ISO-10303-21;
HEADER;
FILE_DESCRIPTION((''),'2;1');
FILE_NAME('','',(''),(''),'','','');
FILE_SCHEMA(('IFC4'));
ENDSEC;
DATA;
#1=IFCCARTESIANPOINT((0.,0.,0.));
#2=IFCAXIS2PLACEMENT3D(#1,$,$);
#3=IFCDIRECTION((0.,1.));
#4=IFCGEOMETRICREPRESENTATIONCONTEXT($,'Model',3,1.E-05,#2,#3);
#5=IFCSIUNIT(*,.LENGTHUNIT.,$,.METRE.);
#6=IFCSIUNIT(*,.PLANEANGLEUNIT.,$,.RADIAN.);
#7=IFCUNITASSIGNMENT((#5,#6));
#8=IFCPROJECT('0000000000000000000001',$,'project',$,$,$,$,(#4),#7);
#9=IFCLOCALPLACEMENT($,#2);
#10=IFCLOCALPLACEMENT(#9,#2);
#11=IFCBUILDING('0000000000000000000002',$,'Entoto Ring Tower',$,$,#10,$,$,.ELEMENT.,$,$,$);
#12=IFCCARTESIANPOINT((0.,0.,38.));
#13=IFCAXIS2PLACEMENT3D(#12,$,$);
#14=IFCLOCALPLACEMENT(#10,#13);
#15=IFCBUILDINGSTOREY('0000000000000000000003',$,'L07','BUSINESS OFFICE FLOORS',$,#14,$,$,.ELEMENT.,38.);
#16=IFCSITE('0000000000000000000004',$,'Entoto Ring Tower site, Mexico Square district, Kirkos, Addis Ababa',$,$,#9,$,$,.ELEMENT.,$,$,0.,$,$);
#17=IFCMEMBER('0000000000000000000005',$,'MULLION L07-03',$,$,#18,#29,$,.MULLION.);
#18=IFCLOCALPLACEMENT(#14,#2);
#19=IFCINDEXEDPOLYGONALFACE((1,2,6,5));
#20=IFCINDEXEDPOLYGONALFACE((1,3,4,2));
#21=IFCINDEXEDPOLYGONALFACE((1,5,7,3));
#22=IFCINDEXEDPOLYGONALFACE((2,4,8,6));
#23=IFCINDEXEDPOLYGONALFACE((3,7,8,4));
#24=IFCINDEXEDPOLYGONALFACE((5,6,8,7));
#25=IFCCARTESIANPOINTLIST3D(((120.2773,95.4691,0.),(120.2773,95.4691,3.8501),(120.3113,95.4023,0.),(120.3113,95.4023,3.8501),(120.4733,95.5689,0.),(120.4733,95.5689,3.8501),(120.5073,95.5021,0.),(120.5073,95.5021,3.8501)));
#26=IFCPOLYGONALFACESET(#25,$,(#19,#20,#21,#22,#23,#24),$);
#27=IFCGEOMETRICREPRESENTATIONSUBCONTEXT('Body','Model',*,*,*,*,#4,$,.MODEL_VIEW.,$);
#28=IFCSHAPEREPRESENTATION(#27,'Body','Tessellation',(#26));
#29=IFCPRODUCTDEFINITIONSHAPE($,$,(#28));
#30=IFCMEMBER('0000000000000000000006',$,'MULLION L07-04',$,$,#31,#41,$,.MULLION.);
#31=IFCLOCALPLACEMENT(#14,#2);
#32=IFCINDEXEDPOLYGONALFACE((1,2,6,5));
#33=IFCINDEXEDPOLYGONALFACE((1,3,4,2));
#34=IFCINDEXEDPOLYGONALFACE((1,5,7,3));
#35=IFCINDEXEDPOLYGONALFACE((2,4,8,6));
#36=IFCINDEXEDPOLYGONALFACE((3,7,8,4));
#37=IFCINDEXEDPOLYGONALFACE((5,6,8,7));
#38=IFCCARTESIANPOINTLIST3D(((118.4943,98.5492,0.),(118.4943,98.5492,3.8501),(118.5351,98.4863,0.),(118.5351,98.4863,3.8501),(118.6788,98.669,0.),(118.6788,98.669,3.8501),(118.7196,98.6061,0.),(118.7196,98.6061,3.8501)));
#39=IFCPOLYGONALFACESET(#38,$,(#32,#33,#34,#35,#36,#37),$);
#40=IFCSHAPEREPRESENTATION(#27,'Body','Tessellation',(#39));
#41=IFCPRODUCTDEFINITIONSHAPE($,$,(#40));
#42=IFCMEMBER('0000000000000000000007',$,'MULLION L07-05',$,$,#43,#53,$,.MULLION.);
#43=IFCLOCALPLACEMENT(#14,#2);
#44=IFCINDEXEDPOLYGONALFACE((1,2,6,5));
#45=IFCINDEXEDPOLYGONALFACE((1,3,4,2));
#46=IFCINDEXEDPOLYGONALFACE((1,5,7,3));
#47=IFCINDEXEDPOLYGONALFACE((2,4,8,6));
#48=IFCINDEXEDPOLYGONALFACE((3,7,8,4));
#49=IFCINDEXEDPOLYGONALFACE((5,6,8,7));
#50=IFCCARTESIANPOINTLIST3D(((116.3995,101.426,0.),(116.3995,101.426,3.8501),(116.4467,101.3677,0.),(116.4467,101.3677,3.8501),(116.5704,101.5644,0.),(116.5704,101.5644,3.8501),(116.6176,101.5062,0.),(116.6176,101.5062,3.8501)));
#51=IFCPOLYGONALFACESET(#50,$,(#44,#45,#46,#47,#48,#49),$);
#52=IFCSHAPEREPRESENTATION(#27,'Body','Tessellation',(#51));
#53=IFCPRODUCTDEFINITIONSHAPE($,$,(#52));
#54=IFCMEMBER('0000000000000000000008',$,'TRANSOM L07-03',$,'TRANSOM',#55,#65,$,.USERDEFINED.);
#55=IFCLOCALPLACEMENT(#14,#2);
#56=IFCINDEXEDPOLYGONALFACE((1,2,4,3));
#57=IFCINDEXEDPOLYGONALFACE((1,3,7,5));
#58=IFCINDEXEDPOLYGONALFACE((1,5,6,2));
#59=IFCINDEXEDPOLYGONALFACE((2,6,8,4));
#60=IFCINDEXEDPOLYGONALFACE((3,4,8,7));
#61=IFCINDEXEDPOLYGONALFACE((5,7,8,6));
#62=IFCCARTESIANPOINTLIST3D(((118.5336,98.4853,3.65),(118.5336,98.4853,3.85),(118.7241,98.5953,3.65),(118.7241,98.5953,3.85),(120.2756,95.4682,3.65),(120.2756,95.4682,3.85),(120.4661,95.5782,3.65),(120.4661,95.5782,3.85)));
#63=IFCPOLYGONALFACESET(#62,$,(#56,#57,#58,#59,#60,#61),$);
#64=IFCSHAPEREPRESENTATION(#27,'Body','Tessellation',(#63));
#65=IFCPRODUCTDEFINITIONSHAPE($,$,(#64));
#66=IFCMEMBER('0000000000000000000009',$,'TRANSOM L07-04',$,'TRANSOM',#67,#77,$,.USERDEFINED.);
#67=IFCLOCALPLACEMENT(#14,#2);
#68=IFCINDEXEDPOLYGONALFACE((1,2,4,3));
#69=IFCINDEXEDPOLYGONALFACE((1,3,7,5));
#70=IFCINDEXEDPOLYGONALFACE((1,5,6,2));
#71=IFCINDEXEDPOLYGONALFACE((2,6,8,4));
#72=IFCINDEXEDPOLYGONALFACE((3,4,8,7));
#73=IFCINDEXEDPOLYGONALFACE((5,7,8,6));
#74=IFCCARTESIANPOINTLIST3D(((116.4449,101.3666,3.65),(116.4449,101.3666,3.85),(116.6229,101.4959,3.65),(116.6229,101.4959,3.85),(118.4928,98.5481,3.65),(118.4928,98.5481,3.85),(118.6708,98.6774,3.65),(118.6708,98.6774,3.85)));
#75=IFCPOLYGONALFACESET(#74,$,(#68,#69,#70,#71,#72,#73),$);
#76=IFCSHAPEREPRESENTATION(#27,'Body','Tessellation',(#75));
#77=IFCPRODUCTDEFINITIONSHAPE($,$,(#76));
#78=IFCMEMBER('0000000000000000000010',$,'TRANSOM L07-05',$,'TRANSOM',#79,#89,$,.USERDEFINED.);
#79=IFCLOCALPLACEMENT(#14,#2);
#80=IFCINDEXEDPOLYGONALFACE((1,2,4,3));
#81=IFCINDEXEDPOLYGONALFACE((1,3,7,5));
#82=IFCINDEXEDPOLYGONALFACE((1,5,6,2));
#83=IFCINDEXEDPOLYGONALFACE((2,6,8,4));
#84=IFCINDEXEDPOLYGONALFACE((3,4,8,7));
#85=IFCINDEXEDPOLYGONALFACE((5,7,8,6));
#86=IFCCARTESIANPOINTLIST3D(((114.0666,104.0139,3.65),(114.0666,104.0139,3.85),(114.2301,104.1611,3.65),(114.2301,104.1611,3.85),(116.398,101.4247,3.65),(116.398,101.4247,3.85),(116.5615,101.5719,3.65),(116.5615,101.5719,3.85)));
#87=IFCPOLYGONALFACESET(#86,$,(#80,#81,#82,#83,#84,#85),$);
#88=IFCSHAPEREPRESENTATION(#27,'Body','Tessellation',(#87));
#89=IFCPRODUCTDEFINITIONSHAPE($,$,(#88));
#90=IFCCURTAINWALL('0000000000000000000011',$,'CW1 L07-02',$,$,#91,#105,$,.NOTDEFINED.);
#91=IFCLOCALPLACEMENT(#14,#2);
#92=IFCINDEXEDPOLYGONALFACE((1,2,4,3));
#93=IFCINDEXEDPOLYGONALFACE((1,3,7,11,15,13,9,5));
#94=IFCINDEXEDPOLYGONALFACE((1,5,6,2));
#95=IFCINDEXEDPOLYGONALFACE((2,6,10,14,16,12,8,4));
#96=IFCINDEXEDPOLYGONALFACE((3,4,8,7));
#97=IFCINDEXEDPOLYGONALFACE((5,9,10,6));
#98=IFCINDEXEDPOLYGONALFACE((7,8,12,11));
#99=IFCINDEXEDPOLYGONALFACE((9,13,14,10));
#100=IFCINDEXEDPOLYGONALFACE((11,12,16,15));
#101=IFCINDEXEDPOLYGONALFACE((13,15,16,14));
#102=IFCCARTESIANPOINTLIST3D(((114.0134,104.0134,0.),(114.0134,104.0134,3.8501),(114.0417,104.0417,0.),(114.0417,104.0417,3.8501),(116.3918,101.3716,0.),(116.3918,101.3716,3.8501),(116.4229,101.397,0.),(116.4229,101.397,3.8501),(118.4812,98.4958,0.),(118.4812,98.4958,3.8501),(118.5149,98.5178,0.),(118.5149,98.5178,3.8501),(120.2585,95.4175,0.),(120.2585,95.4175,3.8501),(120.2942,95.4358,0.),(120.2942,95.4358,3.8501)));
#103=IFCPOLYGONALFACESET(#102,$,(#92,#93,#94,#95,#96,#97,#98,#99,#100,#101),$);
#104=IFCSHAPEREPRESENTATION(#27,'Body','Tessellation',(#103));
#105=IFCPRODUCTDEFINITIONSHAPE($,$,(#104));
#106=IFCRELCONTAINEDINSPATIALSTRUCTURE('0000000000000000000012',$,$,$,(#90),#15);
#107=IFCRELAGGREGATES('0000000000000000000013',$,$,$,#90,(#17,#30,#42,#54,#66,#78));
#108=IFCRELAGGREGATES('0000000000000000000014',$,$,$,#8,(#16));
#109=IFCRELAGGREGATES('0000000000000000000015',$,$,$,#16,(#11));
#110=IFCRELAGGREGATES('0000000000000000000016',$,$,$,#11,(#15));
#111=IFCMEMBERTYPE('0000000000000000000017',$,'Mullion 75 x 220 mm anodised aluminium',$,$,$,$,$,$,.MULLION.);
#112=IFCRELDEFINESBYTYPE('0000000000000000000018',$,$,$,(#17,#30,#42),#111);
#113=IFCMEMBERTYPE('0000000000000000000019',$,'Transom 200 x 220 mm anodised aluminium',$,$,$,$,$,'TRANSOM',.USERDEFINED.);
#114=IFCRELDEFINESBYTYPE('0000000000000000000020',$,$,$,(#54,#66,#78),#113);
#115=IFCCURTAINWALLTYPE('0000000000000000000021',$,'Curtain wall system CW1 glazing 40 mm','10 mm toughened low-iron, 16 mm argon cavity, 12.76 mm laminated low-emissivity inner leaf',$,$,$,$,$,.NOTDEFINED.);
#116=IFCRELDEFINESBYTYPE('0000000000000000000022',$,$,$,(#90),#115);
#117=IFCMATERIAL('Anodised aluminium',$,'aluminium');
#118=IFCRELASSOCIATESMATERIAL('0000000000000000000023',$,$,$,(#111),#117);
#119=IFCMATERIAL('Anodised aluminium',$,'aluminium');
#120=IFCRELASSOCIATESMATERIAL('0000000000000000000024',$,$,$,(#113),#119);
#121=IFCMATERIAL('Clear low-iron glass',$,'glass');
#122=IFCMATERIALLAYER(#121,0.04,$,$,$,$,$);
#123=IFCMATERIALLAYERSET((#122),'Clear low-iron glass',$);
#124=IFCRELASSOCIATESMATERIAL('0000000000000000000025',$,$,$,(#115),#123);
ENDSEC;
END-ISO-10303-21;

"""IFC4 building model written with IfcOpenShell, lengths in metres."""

from ifc_helpers import new_model, si_unit, direction, frame, origin, origin_2d, place, context, subcontext, project, spatial, polyline, rectangle, outline, extrude, material, layer, layer_set, material_profile, profile_set, type_object, element, aggregate, save


model = new_model("IFC4")

# Units and contexts
model_context = context("Model", 3, precision=1e-05, world=origin(), true_north=direction((0.0, 1.0)))
body_context = subcontext(model_context, "Body", "Model", "MODEL_VIEW")
ifc_project = project(units=[si_unit("LENGTHUNIT", "METRE"), si_unit("PLANEANGLEUNIT", "RADIAN")], contexts=[model_context])

# Members
ifc_material_1 = material(Name="Anodised aluminium", Category="aluminium")
ifc_material_profile_1 = material_profile(ifc_material_1, rectangle(XDim=0.075, YDim=0.22, at=origin_2d()), Name="Mullion 75 x 220 mm anodised aluminium")
ifc_profile_set_1 = profile_set([ifc_material_profile_1], Name="Anodised aluminium")
member_type_1 = type_object("IfcMemberType", Name="Mullion 75 x 220 mm anodised aluminium", PredefinedType="MULLION", material=ifc_profile_set_1)
site_placement = place(None, origin())
building_placement = place(site_placement, origin())
storey_placement = place(building_placement, frame((0.0, 0.0, 38.0)))
member_1_placement = place(storey_placement, frame((120.3923, 95.4856, 0.0), z_axis=(0.0, 0.0, 1.0), x_axis=(-0.45399, 0.891007, 0.0)))
member_1 = element("IfcMember", 1, at=member_1_placement, type_object=member_type_1, Name="MULLION L07-03", PredefinedType="MULLION", context=body_context, shape_type="SweptSolid", body=[
    extrude(rectangle(XDim=0.075, YDim=0.22, at=origin_2d()), origin(), (0.0, 0.0, 1.0), 3.8501),
])
member_2_placement = place(storey_placement, frame((118.6069, 98.5776, 0.0), z_axis=(0.0, 0.0, 1.0), x_axis=(-0.544639, 0.838671, 0.0)))
member_2 = element("IfcMember", 2, at=member_2_placement, type_object=member_type_1, Name="MULLION L07-04", PredefinedType="MULLION", context=body_context, shape_type="SweptSolid", body=[
    extrude(rectangle(XDim=0.075, YDim=0.22, at=origin_2d()), origin(), (0.0, 0.0, 1.0), 3.8501),
])
member_3_placement = place(storey_placement, frame((116.5085, 101.4661, 0.0), z_axis=(0.0, 0.0, 1.0), x_axis=(-0.62932, 0.777146, 0.0)))
member_3 = element("IfcMember", 3, at=member_3_placement, type_object=member_type_1, Name="MULLION L07-05", PredefinedType="MULLION", context=body_context, shape_type="SweptSolid", body=[
    extrude(rectangle(XDim=0.075, YDim=0.22, at=origin_2d()), origin(), (0.0, 0.0, 1.0), 3.8501),
])
ifc_material_2 = material(Name="Anodised aluminium", Category="aluminium")
ifc_material_profile_2 = material_profile(ifc_material_2, rectangle(XDim=0.22, YDim=0.2, at=origin_2d()), Name="Transom 200 x 220 mm anodised aluminium")
ifc_profile_set_2 = profile_set([ifc_material_profile_2], Name="Anodised aluminium")
member_type_2 = type_object("IfcMemberType", Name="Transom 200 x 220 mm anodised aluminium", ElementType="TRANSOM", PredefinedType="USERDEFINED", material=ifc_profile_set_2)
member_4_placement = place(storey_placement, frame((120.3708, 95.5232, 3.75), z_axis=(-0.500006, 0.866022, 0.0), x_axis=(-0.866022, -0.500006, 0.0)))
member_4 = element("IfcMember", 4, at=member_4_placement, type_object=member_type_2, Name="TRANSOM L07-03", ObjectType="TRANSOM", PredefinedType="USERDEFINED", context=body_context, shape_type="SweptSolid", body=[
    extrude(rectangle(XDim=0.22, YDim=0.2, at=origin_2d()), origin(), (0.0, 0.0, 1.0), 3.4839),
])
member_5_placement = place(storey_placement, frame((118.5818, 98.6128, 3.75), z_axis=(-0.587822, 0.808991, 0.0), x_axis=(-0.808991, -0.587822, 0.0)))
member_5 = element("IfcMember", 5, at=member_5_placement, type_object=member_type_2, Name="TRANSOM L07-04", ObjectType="TRANSOM", PredefinedType="USERDEFINED", context=body_context, shape_type="SweptSolid", body=[
    extrude(rectangle(XDim=0.22, YDim=0.2, at=origin_2d()), origin(), (0.0, 0.0, 1.0), 3.4839),
])
member_6_placement = place(storey_placement, frame((116.4797, 101.4983, 3.75), z_axis=(-0.669139, 0.743137, 0.0), x_axis=(-0.743137, -0.669139, 0.0)))
member_6 = element("IfcMember", 6, at=member_6_placement, type_object=member_type_2, Name="TRANSOM L07-05", ObjectType="TRANSOM", PredefinedType="USERDEFINED", context=body_context, shape_type="SweptSolid", body=[
    extrude(rectangle(XDim=0.22, YDim=0.2, at=origin_2d()), origin(), (0.0, 0.0, 1.0), 3.4841),
])

# Site, building, storey
site = spatial("IfcSite", under=ifc_project, at=site_placement, Name="Entoto Ring Tower site, Mexico Square district, Kirkos, Addis Ababa", CompositionType="ELEMENT", RefElevation=0.0)
building = spatial("IfcBuilding", under=site, at=building_placement, Name="Entoto Ring Tower", CompositionType="ELEMENT")
storey = spatial("IfcBuildingStorey", under=building, at=storey_placement, Name="L07", Description="BUSINESS OFFICE FLOORS", CompositionType="ELEMENT", Elevation=38.0)

# Curtain wall
ifc_material_3 = material(Name="Clear low-iron glass", Category="glass")
ifc_layer_1 = layer(ifc_material_3, 0.04)
ifc_layer_set_1 = layer_set([ifc_layer_1], Name="Clear low-iron glass")
curtain_wall_type = type_object("IfcCurtainWallType", Name="Curtain wall system CW1 glazing 40 mm", Description="10 mm toughened low-iron, 16 mm argon cavity, 12.76 mm laminated low-emissivity inner leaf", PredefinedType="NOTDEFINED", material=ifc_layer_set_1)
curtain_wall_1_placement = place(storey_placement, origin())
curtain_wall_1 = element("IfcCurtainWall", 7, at=curtain_wall_1_placement, inside=storey, type_object=curtain_wall_type, Name="CW1 L07-02", PredefinedType="NOTDEFINED", context=body_context, shape_type="SweptSolid", body=[
    extrude(outline(polyline([(120.2942, 95.4358), (118.5149, 98.5178), (116.4229, 101.397), (114.0417, 104.0417), (114.0134, 104.0134), (116.3918, 101.3716), (118.4812, 98.4958), (120.2585, 95.4175), (120.2942, 95.4358)])), origin(), (0.0, 0.0, 1.0), 3.8501),
])
aggregate(curtain_wall_1, [member_1, member_2, member_3, member_4, member_5, member_6])

save(model, "model.ifc")
